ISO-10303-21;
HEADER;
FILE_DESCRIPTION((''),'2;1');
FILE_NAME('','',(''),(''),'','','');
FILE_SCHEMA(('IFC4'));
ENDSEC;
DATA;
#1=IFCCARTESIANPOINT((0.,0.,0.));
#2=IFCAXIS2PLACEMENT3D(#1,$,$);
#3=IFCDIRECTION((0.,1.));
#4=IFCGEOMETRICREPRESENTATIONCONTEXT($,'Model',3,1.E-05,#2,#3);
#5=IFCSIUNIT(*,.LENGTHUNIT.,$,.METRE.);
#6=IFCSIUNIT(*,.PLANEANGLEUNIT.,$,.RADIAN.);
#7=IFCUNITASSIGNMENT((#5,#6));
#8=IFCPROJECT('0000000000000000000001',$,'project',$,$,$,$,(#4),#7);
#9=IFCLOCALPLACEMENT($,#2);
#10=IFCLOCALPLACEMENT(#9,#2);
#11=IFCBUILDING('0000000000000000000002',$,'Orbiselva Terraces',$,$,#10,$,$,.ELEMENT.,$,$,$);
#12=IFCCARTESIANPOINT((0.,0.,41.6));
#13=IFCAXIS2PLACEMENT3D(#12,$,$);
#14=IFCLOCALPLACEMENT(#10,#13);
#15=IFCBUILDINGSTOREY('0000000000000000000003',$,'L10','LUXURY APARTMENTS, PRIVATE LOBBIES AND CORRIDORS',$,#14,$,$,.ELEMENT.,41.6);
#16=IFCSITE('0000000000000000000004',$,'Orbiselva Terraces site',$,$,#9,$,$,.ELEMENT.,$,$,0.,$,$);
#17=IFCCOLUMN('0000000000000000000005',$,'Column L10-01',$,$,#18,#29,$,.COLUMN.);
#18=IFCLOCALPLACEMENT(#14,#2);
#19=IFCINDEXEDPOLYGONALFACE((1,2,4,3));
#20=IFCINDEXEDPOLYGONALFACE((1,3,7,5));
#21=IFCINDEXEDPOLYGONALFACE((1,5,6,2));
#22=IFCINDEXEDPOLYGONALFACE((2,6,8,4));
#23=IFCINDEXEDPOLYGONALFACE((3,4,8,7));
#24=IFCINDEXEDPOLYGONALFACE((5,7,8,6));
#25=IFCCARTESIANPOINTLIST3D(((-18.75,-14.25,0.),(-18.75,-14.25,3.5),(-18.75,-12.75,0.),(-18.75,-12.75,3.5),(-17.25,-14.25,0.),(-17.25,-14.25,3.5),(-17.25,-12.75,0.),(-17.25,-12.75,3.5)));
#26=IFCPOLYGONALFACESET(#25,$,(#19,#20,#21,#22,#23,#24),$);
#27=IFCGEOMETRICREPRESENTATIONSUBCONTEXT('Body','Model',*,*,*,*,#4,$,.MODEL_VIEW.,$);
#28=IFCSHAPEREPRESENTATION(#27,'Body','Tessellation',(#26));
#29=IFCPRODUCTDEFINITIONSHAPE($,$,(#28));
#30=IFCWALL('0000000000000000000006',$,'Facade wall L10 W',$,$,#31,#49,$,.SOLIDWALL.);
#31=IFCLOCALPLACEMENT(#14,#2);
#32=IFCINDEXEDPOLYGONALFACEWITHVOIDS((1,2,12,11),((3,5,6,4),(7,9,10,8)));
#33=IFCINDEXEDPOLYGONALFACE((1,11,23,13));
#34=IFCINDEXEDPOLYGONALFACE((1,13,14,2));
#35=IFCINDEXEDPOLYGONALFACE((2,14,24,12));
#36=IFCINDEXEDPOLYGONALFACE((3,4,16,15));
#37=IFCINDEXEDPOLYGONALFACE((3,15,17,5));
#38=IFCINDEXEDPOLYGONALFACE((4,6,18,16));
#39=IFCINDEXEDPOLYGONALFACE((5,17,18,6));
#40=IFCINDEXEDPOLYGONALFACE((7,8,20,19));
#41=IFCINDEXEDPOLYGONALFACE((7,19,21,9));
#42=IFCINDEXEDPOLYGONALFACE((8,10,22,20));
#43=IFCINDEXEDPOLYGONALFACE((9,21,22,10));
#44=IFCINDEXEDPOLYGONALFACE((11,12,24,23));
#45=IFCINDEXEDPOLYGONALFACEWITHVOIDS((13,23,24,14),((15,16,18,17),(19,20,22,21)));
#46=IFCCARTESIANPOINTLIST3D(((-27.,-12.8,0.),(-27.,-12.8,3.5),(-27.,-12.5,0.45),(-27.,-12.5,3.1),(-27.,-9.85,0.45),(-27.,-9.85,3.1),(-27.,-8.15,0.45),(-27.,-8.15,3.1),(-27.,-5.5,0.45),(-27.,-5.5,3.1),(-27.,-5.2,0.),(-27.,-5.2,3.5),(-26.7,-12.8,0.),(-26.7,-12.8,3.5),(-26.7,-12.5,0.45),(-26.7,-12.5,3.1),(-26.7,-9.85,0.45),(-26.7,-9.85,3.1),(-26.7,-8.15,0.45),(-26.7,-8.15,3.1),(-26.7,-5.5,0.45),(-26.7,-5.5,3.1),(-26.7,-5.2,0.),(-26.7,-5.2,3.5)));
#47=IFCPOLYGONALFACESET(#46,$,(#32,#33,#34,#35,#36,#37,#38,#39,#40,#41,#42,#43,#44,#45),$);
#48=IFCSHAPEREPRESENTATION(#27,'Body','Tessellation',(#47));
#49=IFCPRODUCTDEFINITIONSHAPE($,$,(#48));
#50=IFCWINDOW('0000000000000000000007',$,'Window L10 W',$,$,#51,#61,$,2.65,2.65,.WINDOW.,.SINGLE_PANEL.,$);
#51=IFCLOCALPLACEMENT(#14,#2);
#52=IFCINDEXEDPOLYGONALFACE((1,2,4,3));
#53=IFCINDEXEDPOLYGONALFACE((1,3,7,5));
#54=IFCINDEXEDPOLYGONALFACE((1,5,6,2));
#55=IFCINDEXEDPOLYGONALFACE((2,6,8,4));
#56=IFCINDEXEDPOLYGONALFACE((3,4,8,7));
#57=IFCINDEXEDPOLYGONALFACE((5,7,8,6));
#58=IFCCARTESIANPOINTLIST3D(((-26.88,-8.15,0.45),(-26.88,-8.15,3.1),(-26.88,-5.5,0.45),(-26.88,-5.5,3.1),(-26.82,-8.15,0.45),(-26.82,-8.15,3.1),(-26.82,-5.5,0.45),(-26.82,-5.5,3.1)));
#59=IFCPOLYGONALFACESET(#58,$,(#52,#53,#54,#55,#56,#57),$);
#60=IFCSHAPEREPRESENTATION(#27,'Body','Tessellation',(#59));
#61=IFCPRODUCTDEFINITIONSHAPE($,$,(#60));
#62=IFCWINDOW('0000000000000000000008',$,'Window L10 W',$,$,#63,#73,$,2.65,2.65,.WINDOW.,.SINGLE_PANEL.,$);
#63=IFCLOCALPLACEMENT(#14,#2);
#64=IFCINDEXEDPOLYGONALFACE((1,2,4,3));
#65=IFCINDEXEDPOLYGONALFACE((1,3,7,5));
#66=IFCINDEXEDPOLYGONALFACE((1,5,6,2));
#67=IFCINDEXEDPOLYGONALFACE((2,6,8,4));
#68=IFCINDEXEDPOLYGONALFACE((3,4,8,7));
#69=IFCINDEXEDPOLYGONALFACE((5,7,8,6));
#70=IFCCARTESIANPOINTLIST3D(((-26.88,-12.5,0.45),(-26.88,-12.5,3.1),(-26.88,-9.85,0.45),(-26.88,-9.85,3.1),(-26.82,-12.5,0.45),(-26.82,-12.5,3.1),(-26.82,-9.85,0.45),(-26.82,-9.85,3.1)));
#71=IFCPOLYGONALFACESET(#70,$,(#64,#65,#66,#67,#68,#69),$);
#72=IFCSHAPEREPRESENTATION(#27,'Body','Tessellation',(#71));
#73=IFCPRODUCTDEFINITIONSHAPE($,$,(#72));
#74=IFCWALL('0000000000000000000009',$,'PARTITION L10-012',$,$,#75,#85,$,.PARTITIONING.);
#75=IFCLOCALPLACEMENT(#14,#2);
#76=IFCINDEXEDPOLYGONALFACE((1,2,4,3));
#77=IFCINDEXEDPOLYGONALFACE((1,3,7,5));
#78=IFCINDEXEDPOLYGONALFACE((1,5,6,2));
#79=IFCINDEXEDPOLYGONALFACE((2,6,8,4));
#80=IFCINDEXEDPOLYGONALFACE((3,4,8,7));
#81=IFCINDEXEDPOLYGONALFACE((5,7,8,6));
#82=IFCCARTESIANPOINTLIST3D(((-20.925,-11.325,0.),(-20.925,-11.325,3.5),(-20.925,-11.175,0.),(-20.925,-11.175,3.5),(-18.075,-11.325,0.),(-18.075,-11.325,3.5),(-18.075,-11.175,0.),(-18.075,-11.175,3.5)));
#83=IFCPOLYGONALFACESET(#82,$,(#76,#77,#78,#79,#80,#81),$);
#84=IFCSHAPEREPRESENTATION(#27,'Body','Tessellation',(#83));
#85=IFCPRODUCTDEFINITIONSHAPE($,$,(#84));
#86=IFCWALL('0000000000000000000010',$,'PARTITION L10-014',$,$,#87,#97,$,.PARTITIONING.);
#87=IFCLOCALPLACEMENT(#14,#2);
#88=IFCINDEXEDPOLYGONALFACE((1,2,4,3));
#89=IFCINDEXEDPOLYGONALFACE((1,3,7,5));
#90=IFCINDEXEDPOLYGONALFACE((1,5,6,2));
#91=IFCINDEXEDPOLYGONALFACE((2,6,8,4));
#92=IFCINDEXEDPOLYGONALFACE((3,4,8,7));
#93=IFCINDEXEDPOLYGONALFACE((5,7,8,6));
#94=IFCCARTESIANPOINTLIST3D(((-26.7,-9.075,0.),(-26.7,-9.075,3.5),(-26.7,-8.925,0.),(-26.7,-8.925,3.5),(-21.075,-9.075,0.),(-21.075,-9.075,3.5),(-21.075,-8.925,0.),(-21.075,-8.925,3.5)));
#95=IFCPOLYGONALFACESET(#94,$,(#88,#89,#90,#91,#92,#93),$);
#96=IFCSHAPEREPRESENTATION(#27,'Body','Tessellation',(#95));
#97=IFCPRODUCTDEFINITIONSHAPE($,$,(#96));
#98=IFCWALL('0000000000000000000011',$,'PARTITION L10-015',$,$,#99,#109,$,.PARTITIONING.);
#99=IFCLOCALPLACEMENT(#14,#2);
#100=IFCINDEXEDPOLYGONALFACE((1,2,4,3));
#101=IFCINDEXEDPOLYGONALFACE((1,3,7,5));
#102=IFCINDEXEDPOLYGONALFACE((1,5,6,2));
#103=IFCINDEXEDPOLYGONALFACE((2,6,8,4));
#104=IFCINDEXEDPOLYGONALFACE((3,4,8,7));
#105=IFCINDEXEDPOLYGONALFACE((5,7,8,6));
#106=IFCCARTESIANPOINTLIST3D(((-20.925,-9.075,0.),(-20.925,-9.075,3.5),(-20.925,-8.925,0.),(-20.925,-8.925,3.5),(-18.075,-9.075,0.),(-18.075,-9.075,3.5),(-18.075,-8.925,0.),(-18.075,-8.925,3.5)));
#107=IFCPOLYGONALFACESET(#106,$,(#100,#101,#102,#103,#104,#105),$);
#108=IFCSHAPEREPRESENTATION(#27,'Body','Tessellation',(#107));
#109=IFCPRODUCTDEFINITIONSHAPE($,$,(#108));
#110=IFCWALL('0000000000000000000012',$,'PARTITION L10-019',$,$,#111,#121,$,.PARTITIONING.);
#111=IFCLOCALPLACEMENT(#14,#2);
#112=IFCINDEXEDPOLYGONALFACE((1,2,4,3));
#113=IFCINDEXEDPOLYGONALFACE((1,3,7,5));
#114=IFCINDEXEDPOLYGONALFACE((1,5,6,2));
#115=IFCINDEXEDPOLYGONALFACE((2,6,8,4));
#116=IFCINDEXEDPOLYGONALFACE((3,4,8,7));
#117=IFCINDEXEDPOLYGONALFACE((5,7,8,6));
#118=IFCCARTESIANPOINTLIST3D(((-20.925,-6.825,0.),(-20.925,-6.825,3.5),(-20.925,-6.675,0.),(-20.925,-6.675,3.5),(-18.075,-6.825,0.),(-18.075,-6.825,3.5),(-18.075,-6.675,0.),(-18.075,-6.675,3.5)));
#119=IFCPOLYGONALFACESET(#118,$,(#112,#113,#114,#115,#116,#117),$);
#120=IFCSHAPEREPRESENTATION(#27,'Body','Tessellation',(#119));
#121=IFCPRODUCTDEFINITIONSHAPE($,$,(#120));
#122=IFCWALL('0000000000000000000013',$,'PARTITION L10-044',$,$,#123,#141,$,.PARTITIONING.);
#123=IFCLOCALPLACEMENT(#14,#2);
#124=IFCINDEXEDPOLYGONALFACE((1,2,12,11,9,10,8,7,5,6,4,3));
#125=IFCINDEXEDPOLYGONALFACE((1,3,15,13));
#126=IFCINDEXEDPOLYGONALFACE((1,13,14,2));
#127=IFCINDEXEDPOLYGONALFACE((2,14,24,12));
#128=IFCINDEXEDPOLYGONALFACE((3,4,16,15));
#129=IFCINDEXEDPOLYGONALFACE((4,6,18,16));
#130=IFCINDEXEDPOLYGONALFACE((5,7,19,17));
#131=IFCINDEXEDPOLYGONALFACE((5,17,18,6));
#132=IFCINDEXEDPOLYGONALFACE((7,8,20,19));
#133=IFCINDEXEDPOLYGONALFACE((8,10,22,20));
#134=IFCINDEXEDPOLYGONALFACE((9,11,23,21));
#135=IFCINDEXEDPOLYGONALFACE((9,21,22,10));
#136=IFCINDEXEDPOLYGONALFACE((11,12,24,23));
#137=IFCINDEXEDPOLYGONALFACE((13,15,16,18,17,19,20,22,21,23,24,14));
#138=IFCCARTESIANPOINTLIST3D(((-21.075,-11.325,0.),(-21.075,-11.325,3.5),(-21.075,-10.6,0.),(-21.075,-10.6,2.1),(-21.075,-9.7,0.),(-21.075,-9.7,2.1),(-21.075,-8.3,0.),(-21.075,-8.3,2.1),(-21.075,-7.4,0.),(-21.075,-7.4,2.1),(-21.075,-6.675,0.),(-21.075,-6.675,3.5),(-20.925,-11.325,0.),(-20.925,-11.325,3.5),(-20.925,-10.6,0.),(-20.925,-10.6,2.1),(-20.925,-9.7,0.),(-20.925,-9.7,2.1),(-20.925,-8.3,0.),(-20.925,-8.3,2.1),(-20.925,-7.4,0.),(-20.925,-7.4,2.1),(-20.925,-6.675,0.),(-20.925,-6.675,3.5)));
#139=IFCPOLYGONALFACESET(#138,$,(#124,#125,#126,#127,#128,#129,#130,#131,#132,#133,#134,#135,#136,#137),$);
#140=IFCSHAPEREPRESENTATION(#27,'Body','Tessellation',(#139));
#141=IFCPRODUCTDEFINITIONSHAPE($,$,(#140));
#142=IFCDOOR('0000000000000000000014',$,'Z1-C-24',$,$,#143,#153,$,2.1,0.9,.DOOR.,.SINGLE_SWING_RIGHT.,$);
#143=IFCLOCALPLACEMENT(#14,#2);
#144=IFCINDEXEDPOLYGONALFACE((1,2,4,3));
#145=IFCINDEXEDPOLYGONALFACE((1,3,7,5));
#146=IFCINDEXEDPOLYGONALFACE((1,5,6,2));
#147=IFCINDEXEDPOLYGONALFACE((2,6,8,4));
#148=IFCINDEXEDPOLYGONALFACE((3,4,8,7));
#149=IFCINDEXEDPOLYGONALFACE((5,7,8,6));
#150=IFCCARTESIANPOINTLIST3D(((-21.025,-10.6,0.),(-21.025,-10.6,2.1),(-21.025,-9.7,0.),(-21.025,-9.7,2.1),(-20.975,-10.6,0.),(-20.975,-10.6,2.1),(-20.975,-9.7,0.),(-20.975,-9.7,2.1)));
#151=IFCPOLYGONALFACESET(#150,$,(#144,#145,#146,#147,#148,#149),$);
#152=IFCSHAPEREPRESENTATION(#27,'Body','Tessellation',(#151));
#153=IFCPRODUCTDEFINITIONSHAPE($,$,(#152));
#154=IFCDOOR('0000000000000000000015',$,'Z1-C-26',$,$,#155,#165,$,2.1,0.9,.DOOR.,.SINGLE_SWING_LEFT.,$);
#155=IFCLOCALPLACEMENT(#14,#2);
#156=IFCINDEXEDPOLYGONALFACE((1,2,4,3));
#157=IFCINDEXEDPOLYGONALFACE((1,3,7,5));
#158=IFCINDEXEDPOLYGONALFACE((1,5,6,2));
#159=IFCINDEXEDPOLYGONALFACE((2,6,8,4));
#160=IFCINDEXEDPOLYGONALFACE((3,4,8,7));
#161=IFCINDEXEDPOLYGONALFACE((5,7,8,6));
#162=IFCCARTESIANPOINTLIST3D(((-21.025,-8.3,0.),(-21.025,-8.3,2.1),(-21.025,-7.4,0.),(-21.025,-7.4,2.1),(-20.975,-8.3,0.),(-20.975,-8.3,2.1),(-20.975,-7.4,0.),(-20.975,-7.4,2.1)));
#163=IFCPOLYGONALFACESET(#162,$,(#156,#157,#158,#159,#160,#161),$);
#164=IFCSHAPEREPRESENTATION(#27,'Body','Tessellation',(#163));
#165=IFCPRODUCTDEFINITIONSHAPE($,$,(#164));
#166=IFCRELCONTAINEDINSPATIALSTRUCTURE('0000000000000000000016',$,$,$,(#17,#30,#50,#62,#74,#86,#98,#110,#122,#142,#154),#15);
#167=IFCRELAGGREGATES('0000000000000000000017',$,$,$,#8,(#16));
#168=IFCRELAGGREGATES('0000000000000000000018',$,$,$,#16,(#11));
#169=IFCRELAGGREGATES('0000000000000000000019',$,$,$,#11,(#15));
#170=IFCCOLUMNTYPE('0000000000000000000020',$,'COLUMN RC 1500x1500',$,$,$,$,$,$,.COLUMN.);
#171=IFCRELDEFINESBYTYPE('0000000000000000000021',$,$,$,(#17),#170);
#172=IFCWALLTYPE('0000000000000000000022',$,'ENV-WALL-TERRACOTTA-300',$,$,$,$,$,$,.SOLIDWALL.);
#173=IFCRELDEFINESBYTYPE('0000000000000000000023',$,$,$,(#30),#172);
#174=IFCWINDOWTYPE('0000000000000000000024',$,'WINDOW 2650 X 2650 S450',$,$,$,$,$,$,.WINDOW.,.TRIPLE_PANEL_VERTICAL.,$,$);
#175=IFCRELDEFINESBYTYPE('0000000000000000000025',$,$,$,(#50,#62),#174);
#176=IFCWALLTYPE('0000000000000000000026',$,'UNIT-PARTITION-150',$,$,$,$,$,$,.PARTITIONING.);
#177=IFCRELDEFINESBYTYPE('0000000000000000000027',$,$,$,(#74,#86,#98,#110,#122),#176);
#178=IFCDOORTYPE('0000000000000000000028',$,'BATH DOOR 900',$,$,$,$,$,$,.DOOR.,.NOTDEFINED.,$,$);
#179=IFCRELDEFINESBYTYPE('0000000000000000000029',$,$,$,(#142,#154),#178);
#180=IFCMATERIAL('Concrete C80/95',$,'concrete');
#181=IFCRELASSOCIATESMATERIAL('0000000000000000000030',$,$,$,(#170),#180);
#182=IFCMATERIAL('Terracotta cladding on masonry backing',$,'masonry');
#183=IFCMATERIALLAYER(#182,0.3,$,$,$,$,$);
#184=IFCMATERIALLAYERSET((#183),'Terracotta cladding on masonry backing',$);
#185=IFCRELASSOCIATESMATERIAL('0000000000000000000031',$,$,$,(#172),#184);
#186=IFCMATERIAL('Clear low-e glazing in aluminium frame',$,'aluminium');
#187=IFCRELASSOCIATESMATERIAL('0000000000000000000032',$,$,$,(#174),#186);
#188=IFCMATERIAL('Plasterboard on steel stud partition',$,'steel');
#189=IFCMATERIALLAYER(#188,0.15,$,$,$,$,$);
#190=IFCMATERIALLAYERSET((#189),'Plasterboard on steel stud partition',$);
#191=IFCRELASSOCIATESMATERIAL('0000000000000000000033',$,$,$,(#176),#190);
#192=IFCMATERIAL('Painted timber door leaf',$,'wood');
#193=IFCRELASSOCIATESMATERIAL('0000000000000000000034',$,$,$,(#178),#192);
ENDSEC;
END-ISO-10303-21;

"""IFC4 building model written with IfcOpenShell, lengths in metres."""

from ifc_helpers import new_model, si_unit, direction, frame, frame_2d, origin, origin_2d, place, context, subcontext, project, spatial, rectangle, extrude, material, layer, layer_set, material_profile, profile_set, type_object, element, fill, save


model = new_model("IFC4")

# Units and contexts
model_context = context("Model", 3, precision=1e-05, world=origin(), true_north=direction((0.0, 1.0)))
body_context = subcontext(model_context, "Body", "Model", "MODEL_VIEW")
ifc_project = project(units=[si_unit("LENGTHUNIT", "METRE"), si_unit("PLANEANGLEUNIT", "RADIAN")], contexts=[model_context])

# Site, building, storey
site_placement = place(None, origin())
site = spatial("IfcSite", under=ifc_project, at=site_placement, Name="Orbiselva Terraces site", CompositionType="ELEMENT", RefElevation=0.0)
building_placement = place(site_placement, origin())
building = spatial("IfcBuilding", under=site, at=building_placement, Name="Orbiselva Terraces", CompositionType="ELEMENT")
storey_placement = place(building_placement, frame((0.0, 0.0, 41.6)))
storey = spatial("IfcBuildingStorey", under=building, at=storey_placement, Name="L10", Description="LUXURY APARTMENTS, PRIVATE LOBBIES AND CORRIDORS", CompositionType="ELEMENT", Elevation=41.6)

# Column
ifc_material_1 = material(Name="Concrete C80/95", Category="concrete")
ifc_material_profile = material_profile(ifc_material_1, rectangle(XDim=1.5, YDim=1.5, at=origin_2d()), Name="RC 1500x1500")
ifc_profile_set = profile_set([ifc_material_profile], Name="Concrete C80/95")
column_type = type_object("IfcColumnType", Name="COLUMN RC 1500x1500", PredefinedType="COLUMN", material=ifc_profile_set)
column_placement = place(storey_placement, frame((-18.0, -13.5, 0.0), z_axis=(0.0, 0.0, 1.0), x_axis=(1.0, 0.0, 0.0)))
element("IfcColumn", 1, at=column_placement, inside=storey, type_object=column_type, Name="Column L10-01", PredefinedType="COLUMN", context=body_context, shape_type="SweptSolid", body=[
    extrude(rectangle(XDim=1.5, YDim=1.5, at=origin_2d()), origin(), (0.0, 0.0, 1.0), 3.5),
])

# Wall, openings, windows
ifc_material_2 = material(Name="Terracotta cladding on masonry backing", Category="masonry")
ifc_layer_1 = layer(ifc_material_2, 0.3)
ifc_layer_set_1 = layer_set([ifc_layer_1], Name="Terracotta cladding on masonry backing")
wall_type_1 = type_object("IfcWallType", Name="ENV-WALL-TERRACOTTA-300", PredefinedType="SOLIDWALL", material=ifc_layer_set_1)
wall_1_placement = place(storey_placement, frame((-26.85, -12.8, 0.0), z_axis=(0.0, 0.0, 1.0), x_axis=(0.0, 1.0, 0.0)))
wall_1 = element("IfcWall", 2, at=wall_1_placement, inside=storey, type_object=wall_type_1, Name="Facade wall L10 W", PredefinedType="SOLIDWALL", context=body_context, shape_type="SweptSolid", body=[
    extrude(rectangle(XDim=7.6, YDim=0.3, at=frame_2d((3.8, 0.0))), origin(), (0.0, 0.0, 1.0), 3.5),
])
opening_1_placement = place(wall_1_placement, frame((4.65, 0.0, 0.45)))
opening_1 = element("IfcOpeningElement", 3, at=opening_1_placement, cuts=wall_1, PredefinedType="OPENING", context=body_context, shape_type="SweptSolid", body=[
    extrude(rectangle(XDim=2.65, YDim=2.65, at=frame_2d((1.325, 1.325))), frame((0.0, 0.16, 0.0), z_axis=(0.0, -1.0, 0.0), x_axis=(1.0, 0.0, 0.0)), (0.0, 0.0, 1.0), 0.32),
])
opening_2_placement = place(wall_1_placement, frame((0.3, 0.0, 0.45)))
opening_2 = element("IfcOpeningElement", 4, at=opening_2_placement, cuts=wall_1, PredefinedType="OPENING", context=body_context, shape_type="SweptSolid", body=[
    extrude(rectangle(XDim=2.65, YDim=2.65, at=frame_2d((1.325, 1.325))), frame((0.0, 0.16, 0.0), z_axis=(0.0, -1.0, 0.0), x_axis=(1.0, 0.0, 0.0)), (0.0, 0.0, 1.0), 0.32),
])
ifc_material_3 = material(Name="Clear low-e glazing in aluminium frame", Category="aluminium")
window_type = type_object("IfcWindowType", Name="WINDOW 2650 X 2650 S450", PartitioningType="TRIPLE_PANEL_VERTICAL", PredefinedType="WINDOW", material=ifc_material_3)
window_1_placement = place(opening_1_placement, origin())
window_1 = element("IfcWindow", 5, at=window_1_placement, inside=storey, type_object=window_type, Name="Window L10 W", OverallHeight=2.65, OverallWidth=2.65, PartitioningType="SINGLE_PANEL", PredefinedType="WINDOW", context=body_context, shape_type="SweptSolid", body=[
    extrude(rectangle(XDim=2.65, YDim=2.65, at=frame_2d((1.325, 1.325))), frame((0.0, 0.03, 0.0), z_axis=(0.0, -1.0, 0.0), x_axis=(1.0, 0.0, 0.0)), (0.0, 0.0, 1.0), 0.06),
])
fill(opening_1, window_1)
window_2_placement = place(opening_2_placement, origin())
window_2 = element("IfcWindow", 6, at=window_2_placement, inside=storey, type_object=window_type, Name="Window L10 W", OverallHeight=2.65, OverallWidth=2.65, PartitioningType="SINGLE_PANEL", PredefinedType="WINDOW", context=body_context, shape_type="SweptSolid", body=[
    extrude(rectangle(XDim=2.65, YDim=2.65, at=frame_2d((1.325, 1.325))), frame((0.0, 0.03, 0.0), z_axis=(0.0, -1.0, 0.0), x_axis=(1.0, 0.0, 0.0)), (0.0, 0.0, 1.0), 0.06),
])
fill(opening_2, window_2)

# Walls
ifc_material_4 = material(Name="Plasterboard on steel stud partition", Category="steel")
ifc_layer_2 = layer(ifc_material_4, 0.15)
ifc_layer_set_2 = layer_set([ifc_layer_2], Name="Plasterboard on steel stud partition")
wall_type_2 = type_object("IfcWallType", Name="UNIT-PARTITION-150", PredefinedType="PARTITIONING", material=ifc_layer_set_2)
wall_2_placement = place(storey_placement, frame((-20.925, -11.25, 0.0), z_axis=(0.0, 0.0, 1.0), x_axis=(1.0, 0.0, 0.0)))
element("IfcWall", 7, at=wall_2_placement, inside=storey, type_object=wall_type_2, Name="PARTITION L10-012", PredefinedType="PARTITIONING", context=body_context, shape_type="SweptSolid", body=[
    extrude(rectangle(XDim=2.85, YDim=0.15, at=frame_2d((1.425, 0.0))), origin(), (0.0, 0.0, 1.0), 3.5),
])
wall_3_placement = place(storey_placement, frame((-26.7, -9.0, 0.0), z_axis=(0.0, 0.0, 1.0), x_axis=(1.0, 0.0, 0.0)))
element("IfcWall", 8, at=wall_3_placement, inside=storey, type_object=wall_type_2, Name="PARTITION L10-014", PredefinedType="PARTITIONING", context=body_context, shape_type="SweptSolid", body=[
    extrude(rectangle(XDim=5.625, YDim=0.15, at=frame_2d((2.8125, 0.0))), origin(), (0.0, 0.0, 1.0), 3.5),
])
for number, where, z_axis, x_axis, name in (
    (9, (-20.925, -9.0, 0.0), (0.0, 0.0, 1.0), (1.0, 0.0, 0.0), "PARTITION L10-015"),
    (10, (-20.925, -6.75, 0.0), (0.0, 0.0, 1.0), (1.0, 0.0, 0.0), "PARTITION L10-019"),
):
    element("IfcWall", number, at=place(storey_placement, frame(where, z_axis=z_axis, x_axis=x_axis)), inside=storey, type_object=wall_type_2, Name=name, PredefinedType="PARTITIONING", context=body_context, shape_type="SweptSolid", body=[
        extrude(rectangle(XDim=2.85, YDim=0.15, at=frame_2d((1.425, 0.0))), origin(), (0.0, 0.0, 1.0), 3.5),
    ])

# Wall, openings, doors
wall_4_placement = place(storey_placement, frame((-21.0, -6.675, 0.0), z_axis=(0.0, 0.0, 1.0), x_axis=(0.0, -1.0, 0.0)))
wall_4 = element("IfcWall", 11, at=wall_4_placement, inside=storey, type_object=wall_type_2, Name="PARTITION L10-044", PredefinedType="PARTITIONING", context=body_context, shape_type="SweptSolid", body=[
    extrude(rectangle(XDim=4.65, YDim=0.15, at=frame_2d((2.325, 0.0))), origin(), (0.0, 0.0, 1.0), 3.5),
])
opening_3_placement = place(wall_4_placement, frame((3.025, 0.0, 0.0)))
opening_3 = element("IfcOpeningElement", 12, at=opening_3_placement, cuts=wall_4, PredefinedType="OPENING", context=body_context, shape_type="SweptSolid", body=[
    extrude(rectangle(XDim=0.9, YDim=2.1, at=frame_2d((0.45, 1.05))), frame((0.0, 0.085, 0.0), z_axis=(0.0, -1.0, 0.0), x_axis=(1.0, 0.0, 0.0)), (0.0, 0.0, 1.0), 0.17),
])
opening_4_placement = place(wall_4_placement, frame((0.725, 0.0, 0.0)))
opening_4 = element("IfcOpeningElement", 13, at=opening_4_placement, cuts=wall_4, PredefinedType="OPENING", context=body_context, shape_type="SweptSolid", body=[
    extrude(rectangle(XDim=0.9, YDim=2.1, at=frame_2d((0.45, 1.05))), frame((0.0, 0.085, 0.0), z_axis=(0.0, -1.0, 0.0), x_axis=(1.0, 0.0, 0.0)), (0.0, 0.0, 1.0), 0.17),
])
ifc_material_5 = material(Name="Painted timber door leaf", Category="wood")
door_type_1 = type_object("IfcDoorType", Name="BATH DOOR 900", OperationType="NOTDEFINED", PredefinedType="DOOR", material=ifc_material_5)
door_1_placement = place(opening_3_placement, origin())
door_1 = element("IfcDoor", 14, at=door_1_placement, inside=storey, type_object=door_type_1, Name="Z1-C-24", OperationType="SINGLE_SWING_RIGHT", OverallHeight=2.1, OverallWidth=0.9, PredefinedType="DOOR", context=body_context, shape_type="SweptSolid", body=[
    extrude(rectangle(XDim=0.9, YDim=2.1, at=frame_2d((0.45, 1.05))), frame((0.0, 0.025, 0.0), z_axis=(0.0, -1.0, 0.0), x_axis=(1.0, 0.0, 0.0)), (0.0, 0.0, 1.0), 0.05),
])
fill(opening_3, door_1)
door_2_placement = place(opening_4_placement, origin())
door_2 = element("IfcDoor", 15, at=door_2_placement, inside=storey, type_object=door_type_1, Name="Z1-C-26", OperationType="SINGLE_SWING_LEFT", OverallHeight=2.1, OverallWidth=0.9, PredefinedType="DOOR", context=body_context, shape_type="SweptSolid", body=[
    extrude(rectangle(XDim=0.9, YDim=2.1, at=frame_2d((0.45, 1.05))), frame((0.0, 0.025, 0.0), z_axis=(0.0, -1.0, 0.0), x_axis=(1.0, 0.0, 0.0)), (0.0, 0.0, 1.0), 0.05),
])
fill(opening_4, door_2)

save(model, "model.ifc")
